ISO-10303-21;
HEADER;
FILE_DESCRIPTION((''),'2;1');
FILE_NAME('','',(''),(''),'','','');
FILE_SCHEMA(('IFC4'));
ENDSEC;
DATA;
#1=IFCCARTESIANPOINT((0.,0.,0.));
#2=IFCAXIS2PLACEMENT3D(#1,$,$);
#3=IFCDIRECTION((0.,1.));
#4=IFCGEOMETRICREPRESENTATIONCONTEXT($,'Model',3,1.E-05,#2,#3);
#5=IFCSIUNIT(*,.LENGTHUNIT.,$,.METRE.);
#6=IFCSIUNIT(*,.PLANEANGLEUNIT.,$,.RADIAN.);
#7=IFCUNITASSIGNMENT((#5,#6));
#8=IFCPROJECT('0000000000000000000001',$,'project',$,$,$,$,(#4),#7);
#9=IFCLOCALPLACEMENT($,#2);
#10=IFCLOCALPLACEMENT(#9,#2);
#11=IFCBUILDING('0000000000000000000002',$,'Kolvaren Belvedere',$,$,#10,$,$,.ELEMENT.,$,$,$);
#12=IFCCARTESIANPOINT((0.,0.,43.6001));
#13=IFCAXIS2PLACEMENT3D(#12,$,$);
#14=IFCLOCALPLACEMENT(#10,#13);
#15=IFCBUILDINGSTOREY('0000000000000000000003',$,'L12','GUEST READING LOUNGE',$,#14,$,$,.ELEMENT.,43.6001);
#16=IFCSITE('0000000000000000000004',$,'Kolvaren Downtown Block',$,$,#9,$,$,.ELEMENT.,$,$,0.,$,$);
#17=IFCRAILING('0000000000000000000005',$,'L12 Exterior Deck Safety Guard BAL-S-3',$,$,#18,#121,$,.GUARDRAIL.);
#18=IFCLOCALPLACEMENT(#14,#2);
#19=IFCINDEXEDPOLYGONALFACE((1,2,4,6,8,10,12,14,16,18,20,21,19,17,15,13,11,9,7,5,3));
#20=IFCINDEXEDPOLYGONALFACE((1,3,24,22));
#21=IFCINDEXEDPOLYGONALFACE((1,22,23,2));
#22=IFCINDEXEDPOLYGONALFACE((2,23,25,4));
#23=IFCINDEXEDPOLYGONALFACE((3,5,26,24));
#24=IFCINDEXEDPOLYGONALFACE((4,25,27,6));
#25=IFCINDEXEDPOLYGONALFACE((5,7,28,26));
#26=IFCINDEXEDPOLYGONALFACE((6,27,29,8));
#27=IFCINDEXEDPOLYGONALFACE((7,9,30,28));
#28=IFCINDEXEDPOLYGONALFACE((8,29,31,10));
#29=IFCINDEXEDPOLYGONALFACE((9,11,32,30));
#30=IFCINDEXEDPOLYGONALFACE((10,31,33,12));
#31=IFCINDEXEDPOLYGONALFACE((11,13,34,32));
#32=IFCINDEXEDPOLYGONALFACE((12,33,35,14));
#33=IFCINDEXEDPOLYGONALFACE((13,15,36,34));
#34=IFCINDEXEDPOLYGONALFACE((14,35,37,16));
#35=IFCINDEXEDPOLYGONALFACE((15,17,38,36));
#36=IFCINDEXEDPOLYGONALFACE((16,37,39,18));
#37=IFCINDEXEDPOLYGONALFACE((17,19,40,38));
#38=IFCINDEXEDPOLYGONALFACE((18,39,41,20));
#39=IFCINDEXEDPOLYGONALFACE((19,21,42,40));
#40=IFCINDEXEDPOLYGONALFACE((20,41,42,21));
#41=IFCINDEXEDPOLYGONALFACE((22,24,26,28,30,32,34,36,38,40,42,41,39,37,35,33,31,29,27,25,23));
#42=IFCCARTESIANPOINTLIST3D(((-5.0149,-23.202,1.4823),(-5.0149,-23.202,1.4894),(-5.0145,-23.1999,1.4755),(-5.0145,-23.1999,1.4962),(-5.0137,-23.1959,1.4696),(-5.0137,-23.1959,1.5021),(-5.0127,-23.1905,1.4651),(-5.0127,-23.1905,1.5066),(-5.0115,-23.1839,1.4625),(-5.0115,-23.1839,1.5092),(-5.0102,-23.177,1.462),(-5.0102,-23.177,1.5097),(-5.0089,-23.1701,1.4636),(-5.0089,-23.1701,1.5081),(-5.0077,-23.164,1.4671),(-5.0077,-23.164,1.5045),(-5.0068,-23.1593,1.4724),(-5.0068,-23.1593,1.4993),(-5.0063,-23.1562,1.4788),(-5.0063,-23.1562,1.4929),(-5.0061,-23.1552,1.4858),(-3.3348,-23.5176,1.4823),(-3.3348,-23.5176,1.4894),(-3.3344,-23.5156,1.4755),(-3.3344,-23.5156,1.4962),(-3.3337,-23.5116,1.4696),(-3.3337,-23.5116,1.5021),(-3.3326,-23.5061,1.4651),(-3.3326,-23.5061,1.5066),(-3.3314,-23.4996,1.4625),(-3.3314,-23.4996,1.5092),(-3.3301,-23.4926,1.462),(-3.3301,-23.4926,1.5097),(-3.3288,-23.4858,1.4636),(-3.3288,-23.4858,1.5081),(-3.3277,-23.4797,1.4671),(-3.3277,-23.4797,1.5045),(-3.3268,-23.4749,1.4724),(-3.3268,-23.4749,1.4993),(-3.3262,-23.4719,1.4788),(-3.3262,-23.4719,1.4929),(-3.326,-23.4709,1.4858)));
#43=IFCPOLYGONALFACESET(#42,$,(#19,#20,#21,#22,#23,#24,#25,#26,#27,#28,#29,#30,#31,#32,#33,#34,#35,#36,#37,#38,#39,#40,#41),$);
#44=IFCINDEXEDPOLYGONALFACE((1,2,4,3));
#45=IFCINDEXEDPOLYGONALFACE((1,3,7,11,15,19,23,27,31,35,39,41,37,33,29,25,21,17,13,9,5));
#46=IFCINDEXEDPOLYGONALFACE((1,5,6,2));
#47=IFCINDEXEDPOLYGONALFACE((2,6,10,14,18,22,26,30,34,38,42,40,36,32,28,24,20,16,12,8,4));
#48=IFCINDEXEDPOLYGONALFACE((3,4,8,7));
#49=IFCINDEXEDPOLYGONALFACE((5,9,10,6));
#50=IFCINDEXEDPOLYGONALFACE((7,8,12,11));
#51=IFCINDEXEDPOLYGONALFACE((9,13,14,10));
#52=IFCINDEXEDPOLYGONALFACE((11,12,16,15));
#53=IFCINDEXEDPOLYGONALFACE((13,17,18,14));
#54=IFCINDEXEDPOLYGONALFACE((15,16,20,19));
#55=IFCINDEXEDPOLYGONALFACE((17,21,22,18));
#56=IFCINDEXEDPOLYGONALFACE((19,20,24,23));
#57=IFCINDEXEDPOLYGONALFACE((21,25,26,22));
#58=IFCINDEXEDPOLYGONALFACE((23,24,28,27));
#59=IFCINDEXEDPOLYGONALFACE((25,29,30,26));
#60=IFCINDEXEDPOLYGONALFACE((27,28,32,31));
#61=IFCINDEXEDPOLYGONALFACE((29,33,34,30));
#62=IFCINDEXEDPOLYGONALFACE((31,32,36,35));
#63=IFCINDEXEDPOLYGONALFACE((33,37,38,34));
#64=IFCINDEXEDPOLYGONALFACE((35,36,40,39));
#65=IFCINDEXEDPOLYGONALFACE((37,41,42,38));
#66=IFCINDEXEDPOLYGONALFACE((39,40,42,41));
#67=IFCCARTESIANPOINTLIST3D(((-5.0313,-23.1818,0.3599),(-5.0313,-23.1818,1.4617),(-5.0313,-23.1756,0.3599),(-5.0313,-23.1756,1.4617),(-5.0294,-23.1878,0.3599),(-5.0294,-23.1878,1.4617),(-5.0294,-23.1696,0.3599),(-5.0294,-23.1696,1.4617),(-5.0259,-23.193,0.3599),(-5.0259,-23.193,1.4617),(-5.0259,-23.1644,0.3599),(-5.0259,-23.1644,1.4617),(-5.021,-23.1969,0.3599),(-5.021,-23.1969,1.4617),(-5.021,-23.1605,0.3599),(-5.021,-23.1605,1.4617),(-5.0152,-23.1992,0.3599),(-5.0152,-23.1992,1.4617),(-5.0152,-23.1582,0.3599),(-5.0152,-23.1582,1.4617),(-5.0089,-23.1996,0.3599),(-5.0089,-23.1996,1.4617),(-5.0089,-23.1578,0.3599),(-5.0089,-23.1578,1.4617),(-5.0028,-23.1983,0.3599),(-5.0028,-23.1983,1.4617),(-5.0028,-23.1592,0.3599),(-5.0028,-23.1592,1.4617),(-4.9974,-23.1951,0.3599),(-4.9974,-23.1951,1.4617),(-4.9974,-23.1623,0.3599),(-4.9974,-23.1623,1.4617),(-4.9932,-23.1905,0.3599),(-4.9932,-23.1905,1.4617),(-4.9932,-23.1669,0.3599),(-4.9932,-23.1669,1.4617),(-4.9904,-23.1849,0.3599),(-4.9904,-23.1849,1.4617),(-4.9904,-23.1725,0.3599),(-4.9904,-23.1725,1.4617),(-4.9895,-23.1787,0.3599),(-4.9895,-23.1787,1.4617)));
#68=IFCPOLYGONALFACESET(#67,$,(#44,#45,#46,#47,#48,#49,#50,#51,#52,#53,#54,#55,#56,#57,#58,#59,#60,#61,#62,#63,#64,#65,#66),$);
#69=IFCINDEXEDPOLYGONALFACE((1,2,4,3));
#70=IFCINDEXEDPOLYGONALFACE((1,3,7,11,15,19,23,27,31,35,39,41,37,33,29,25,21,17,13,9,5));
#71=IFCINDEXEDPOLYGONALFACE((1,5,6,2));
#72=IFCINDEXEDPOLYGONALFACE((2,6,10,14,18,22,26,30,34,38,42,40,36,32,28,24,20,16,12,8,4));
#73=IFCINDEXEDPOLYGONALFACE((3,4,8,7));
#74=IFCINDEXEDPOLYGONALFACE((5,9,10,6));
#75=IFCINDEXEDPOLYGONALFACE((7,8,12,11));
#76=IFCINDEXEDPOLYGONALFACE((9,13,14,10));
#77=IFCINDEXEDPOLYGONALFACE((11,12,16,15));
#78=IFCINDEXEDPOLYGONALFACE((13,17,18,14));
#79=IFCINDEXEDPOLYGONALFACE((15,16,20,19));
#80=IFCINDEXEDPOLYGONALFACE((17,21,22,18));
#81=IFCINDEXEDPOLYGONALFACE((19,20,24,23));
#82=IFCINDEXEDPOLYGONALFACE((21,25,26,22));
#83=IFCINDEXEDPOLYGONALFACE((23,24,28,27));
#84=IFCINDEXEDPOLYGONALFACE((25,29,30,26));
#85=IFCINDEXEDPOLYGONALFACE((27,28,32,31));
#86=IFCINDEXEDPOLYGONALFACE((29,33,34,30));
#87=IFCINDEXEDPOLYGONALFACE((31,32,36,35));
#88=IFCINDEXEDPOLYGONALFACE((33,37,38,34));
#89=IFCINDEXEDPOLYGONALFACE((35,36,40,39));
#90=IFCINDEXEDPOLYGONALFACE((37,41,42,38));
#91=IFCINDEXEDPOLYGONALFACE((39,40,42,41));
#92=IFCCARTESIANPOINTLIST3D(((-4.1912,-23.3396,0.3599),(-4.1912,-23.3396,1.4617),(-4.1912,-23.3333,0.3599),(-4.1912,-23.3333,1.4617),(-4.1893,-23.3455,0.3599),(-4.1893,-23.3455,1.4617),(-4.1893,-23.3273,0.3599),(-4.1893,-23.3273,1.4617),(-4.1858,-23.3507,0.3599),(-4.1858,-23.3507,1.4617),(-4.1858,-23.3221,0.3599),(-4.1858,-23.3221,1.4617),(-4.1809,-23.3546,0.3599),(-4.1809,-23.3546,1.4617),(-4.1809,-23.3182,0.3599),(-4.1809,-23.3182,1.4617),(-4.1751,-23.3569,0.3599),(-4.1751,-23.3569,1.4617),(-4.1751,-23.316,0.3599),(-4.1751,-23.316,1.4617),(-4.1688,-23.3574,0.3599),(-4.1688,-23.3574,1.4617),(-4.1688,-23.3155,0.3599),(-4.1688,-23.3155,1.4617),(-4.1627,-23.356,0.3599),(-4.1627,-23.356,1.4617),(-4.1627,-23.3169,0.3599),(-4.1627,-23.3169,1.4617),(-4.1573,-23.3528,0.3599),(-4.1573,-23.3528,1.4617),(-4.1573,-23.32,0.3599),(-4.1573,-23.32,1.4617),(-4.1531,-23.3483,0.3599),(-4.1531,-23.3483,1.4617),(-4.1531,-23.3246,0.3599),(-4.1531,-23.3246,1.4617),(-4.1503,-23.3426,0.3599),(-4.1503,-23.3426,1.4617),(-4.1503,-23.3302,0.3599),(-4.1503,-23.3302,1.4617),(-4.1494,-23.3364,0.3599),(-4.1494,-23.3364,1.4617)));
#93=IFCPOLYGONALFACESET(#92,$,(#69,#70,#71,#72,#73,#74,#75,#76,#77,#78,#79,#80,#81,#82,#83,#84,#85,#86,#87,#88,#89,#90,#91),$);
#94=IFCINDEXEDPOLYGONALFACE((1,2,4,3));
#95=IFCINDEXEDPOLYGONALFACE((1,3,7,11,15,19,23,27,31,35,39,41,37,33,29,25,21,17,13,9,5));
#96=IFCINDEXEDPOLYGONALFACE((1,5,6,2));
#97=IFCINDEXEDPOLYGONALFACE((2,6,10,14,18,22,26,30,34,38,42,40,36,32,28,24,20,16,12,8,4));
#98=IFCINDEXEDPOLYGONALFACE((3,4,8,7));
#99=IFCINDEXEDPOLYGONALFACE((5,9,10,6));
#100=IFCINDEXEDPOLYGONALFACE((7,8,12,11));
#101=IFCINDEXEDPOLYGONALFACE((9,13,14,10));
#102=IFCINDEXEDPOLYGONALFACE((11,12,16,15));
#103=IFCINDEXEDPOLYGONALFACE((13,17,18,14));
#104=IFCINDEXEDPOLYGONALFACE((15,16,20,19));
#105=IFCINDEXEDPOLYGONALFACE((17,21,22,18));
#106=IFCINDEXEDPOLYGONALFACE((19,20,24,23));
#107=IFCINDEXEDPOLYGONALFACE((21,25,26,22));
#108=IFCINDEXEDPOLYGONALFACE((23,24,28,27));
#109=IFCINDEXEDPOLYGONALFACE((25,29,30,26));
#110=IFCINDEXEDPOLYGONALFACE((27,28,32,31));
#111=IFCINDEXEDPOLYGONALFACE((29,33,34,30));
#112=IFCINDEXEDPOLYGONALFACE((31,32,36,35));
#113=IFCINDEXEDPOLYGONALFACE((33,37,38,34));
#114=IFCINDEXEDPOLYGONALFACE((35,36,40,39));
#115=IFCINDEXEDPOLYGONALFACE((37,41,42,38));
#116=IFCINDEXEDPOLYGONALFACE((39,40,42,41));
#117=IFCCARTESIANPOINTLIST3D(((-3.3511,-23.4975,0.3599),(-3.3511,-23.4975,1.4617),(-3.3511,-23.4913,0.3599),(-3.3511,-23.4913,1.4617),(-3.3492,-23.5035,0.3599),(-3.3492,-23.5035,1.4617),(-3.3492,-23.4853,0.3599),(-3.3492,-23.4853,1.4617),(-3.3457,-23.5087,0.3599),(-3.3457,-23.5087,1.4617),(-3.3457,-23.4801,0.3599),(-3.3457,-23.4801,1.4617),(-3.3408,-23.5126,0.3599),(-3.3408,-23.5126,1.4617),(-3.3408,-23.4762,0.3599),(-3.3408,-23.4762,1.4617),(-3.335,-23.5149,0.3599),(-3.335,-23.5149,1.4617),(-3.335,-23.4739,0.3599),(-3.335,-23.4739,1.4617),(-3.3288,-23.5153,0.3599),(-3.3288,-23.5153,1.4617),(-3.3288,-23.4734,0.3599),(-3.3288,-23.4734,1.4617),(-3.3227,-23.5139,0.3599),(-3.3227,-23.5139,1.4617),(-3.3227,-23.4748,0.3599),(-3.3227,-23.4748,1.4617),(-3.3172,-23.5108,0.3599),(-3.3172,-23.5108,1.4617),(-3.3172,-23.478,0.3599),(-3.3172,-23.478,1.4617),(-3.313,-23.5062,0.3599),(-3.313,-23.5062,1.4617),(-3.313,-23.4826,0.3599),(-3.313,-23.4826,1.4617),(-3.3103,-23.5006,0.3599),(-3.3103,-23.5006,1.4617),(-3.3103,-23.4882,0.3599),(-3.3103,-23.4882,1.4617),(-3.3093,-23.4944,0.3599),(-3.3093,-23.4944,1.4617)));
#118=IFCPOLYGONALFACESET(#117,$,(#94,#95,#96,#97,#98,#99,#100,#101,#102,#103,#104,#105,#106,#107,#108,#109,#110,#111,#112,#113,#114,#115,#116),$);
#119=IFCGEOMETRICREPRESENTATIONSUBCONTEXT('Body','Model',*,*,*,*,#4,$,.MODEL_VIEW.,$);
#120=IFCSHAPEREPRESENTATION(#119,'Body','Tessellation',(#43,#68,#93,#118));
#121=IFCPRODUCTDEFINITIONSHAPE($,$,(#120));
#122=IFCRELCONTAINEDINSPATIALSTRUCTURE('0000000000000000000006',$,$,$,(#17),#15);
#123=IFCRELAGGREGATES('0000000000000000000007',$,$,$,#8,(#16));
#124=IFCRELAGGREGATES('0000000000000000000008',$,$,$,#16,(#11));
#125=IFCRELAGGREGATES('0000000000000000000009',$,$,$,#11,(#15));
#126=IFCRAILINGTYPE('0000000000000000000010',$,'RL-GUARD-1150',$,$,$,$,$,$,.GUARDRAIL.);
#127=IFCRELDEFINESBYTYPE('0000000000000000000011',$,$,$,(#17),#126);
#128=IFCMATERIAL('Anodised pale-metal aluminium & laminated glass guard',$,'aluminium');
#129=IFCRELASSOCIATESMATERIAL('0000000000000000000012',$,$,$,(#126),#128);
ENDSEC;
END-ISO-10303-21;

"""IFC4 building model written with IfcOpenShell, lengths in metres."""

from ifc_helpers import new_model, si_unit, direction, frame, origin, origin_2d, place, context, subcontext, project, spatial, circle, extrude, material, type_object, element, save


model = new_model("IFC4")

# Units and contexts
model_context = context("Model", 3, precision=1e-05, world=origin(), true_north=direction((0.0, 1.0)))
body_context = subcontext(model_context, "Body", "Model", "MODEL_VIEW")
ifc_project = project(units=[si_unit("LENGTHUNIT", "METRE"), si_unit("PLANEANGLEUNIT", "RADIAN")], contexts=[model_context])

# Site, building, storey
site_placement = place(None, origin())
site = spatial("IfcSite", under=ifc_project, at=site_placement, Name="Kolvaren Downtown Block", CompositionType="ELEMENT", RefElevation=0.0)
building_placement = place(site_placement, origin())
building = spatial("IfcBuilding", under=site, at=building_placement, Name="Kolvaren Belvedere", CompositionType="ELEMENT")
storey_placement = place(building_placement, frame((0.0, 0.0, 43.6001)))
storey = spatial("IfcBuildingStorey", under=building, at=storey_placement, Name="L12", Description="GUEST READING LOUNGE", CompositionType="ELEMENT", Elevation=43.6001)

# Railing
ifc_material_1 = material(Name="Anodised pale-metal aluminium & laminated glass guard", Category="aluminium")
railing_type = type_object("IfcRailingType", Name="RL-GUARD-1150", PredefinedType="GUARDRAIL", material=ifc_material_1)
railing_1_placement = place(storey_placement, frame((-5.0105, -23.1787, 0.3599)))
element("IfcRailing", 1, at=railing_1_placement, inside=storey, type_object=railing_type, Name="L12 Exterior Deck Safety Guard BAL-S-3", PredefinedType="GUARDRAIL", context=body_context, shape_type="SweptSolid", body=[
    extrude(circle(Radius=0.0239, at=origin_2d()), frame((0.0, 0.0, 1.126), z_axis=(0.982804, -0.184651, 0.0), x_axis=(0.184651, 0.982804, 0.0)), (0.0, 0.0, 1.0), 1.7095),
    extrude(circle(Radius=0.021, at=origin_2d()), origin(), (0.0, 0.0, 1.0), 1.1018),
    extrude(circle(Radius=0.021, at=origin_2d()), frame((0.8401, -0.1577, 0.0)), (0.0, 0.0, 1.0), 1.1018),
    extrude(circle(Radius=0.021, at=origin_2d()), frame((1.6802, -0.3157, 0.0)), (0.0, 0.0, 1.0), 1.1018),
])

save(model, "model.ifc")
